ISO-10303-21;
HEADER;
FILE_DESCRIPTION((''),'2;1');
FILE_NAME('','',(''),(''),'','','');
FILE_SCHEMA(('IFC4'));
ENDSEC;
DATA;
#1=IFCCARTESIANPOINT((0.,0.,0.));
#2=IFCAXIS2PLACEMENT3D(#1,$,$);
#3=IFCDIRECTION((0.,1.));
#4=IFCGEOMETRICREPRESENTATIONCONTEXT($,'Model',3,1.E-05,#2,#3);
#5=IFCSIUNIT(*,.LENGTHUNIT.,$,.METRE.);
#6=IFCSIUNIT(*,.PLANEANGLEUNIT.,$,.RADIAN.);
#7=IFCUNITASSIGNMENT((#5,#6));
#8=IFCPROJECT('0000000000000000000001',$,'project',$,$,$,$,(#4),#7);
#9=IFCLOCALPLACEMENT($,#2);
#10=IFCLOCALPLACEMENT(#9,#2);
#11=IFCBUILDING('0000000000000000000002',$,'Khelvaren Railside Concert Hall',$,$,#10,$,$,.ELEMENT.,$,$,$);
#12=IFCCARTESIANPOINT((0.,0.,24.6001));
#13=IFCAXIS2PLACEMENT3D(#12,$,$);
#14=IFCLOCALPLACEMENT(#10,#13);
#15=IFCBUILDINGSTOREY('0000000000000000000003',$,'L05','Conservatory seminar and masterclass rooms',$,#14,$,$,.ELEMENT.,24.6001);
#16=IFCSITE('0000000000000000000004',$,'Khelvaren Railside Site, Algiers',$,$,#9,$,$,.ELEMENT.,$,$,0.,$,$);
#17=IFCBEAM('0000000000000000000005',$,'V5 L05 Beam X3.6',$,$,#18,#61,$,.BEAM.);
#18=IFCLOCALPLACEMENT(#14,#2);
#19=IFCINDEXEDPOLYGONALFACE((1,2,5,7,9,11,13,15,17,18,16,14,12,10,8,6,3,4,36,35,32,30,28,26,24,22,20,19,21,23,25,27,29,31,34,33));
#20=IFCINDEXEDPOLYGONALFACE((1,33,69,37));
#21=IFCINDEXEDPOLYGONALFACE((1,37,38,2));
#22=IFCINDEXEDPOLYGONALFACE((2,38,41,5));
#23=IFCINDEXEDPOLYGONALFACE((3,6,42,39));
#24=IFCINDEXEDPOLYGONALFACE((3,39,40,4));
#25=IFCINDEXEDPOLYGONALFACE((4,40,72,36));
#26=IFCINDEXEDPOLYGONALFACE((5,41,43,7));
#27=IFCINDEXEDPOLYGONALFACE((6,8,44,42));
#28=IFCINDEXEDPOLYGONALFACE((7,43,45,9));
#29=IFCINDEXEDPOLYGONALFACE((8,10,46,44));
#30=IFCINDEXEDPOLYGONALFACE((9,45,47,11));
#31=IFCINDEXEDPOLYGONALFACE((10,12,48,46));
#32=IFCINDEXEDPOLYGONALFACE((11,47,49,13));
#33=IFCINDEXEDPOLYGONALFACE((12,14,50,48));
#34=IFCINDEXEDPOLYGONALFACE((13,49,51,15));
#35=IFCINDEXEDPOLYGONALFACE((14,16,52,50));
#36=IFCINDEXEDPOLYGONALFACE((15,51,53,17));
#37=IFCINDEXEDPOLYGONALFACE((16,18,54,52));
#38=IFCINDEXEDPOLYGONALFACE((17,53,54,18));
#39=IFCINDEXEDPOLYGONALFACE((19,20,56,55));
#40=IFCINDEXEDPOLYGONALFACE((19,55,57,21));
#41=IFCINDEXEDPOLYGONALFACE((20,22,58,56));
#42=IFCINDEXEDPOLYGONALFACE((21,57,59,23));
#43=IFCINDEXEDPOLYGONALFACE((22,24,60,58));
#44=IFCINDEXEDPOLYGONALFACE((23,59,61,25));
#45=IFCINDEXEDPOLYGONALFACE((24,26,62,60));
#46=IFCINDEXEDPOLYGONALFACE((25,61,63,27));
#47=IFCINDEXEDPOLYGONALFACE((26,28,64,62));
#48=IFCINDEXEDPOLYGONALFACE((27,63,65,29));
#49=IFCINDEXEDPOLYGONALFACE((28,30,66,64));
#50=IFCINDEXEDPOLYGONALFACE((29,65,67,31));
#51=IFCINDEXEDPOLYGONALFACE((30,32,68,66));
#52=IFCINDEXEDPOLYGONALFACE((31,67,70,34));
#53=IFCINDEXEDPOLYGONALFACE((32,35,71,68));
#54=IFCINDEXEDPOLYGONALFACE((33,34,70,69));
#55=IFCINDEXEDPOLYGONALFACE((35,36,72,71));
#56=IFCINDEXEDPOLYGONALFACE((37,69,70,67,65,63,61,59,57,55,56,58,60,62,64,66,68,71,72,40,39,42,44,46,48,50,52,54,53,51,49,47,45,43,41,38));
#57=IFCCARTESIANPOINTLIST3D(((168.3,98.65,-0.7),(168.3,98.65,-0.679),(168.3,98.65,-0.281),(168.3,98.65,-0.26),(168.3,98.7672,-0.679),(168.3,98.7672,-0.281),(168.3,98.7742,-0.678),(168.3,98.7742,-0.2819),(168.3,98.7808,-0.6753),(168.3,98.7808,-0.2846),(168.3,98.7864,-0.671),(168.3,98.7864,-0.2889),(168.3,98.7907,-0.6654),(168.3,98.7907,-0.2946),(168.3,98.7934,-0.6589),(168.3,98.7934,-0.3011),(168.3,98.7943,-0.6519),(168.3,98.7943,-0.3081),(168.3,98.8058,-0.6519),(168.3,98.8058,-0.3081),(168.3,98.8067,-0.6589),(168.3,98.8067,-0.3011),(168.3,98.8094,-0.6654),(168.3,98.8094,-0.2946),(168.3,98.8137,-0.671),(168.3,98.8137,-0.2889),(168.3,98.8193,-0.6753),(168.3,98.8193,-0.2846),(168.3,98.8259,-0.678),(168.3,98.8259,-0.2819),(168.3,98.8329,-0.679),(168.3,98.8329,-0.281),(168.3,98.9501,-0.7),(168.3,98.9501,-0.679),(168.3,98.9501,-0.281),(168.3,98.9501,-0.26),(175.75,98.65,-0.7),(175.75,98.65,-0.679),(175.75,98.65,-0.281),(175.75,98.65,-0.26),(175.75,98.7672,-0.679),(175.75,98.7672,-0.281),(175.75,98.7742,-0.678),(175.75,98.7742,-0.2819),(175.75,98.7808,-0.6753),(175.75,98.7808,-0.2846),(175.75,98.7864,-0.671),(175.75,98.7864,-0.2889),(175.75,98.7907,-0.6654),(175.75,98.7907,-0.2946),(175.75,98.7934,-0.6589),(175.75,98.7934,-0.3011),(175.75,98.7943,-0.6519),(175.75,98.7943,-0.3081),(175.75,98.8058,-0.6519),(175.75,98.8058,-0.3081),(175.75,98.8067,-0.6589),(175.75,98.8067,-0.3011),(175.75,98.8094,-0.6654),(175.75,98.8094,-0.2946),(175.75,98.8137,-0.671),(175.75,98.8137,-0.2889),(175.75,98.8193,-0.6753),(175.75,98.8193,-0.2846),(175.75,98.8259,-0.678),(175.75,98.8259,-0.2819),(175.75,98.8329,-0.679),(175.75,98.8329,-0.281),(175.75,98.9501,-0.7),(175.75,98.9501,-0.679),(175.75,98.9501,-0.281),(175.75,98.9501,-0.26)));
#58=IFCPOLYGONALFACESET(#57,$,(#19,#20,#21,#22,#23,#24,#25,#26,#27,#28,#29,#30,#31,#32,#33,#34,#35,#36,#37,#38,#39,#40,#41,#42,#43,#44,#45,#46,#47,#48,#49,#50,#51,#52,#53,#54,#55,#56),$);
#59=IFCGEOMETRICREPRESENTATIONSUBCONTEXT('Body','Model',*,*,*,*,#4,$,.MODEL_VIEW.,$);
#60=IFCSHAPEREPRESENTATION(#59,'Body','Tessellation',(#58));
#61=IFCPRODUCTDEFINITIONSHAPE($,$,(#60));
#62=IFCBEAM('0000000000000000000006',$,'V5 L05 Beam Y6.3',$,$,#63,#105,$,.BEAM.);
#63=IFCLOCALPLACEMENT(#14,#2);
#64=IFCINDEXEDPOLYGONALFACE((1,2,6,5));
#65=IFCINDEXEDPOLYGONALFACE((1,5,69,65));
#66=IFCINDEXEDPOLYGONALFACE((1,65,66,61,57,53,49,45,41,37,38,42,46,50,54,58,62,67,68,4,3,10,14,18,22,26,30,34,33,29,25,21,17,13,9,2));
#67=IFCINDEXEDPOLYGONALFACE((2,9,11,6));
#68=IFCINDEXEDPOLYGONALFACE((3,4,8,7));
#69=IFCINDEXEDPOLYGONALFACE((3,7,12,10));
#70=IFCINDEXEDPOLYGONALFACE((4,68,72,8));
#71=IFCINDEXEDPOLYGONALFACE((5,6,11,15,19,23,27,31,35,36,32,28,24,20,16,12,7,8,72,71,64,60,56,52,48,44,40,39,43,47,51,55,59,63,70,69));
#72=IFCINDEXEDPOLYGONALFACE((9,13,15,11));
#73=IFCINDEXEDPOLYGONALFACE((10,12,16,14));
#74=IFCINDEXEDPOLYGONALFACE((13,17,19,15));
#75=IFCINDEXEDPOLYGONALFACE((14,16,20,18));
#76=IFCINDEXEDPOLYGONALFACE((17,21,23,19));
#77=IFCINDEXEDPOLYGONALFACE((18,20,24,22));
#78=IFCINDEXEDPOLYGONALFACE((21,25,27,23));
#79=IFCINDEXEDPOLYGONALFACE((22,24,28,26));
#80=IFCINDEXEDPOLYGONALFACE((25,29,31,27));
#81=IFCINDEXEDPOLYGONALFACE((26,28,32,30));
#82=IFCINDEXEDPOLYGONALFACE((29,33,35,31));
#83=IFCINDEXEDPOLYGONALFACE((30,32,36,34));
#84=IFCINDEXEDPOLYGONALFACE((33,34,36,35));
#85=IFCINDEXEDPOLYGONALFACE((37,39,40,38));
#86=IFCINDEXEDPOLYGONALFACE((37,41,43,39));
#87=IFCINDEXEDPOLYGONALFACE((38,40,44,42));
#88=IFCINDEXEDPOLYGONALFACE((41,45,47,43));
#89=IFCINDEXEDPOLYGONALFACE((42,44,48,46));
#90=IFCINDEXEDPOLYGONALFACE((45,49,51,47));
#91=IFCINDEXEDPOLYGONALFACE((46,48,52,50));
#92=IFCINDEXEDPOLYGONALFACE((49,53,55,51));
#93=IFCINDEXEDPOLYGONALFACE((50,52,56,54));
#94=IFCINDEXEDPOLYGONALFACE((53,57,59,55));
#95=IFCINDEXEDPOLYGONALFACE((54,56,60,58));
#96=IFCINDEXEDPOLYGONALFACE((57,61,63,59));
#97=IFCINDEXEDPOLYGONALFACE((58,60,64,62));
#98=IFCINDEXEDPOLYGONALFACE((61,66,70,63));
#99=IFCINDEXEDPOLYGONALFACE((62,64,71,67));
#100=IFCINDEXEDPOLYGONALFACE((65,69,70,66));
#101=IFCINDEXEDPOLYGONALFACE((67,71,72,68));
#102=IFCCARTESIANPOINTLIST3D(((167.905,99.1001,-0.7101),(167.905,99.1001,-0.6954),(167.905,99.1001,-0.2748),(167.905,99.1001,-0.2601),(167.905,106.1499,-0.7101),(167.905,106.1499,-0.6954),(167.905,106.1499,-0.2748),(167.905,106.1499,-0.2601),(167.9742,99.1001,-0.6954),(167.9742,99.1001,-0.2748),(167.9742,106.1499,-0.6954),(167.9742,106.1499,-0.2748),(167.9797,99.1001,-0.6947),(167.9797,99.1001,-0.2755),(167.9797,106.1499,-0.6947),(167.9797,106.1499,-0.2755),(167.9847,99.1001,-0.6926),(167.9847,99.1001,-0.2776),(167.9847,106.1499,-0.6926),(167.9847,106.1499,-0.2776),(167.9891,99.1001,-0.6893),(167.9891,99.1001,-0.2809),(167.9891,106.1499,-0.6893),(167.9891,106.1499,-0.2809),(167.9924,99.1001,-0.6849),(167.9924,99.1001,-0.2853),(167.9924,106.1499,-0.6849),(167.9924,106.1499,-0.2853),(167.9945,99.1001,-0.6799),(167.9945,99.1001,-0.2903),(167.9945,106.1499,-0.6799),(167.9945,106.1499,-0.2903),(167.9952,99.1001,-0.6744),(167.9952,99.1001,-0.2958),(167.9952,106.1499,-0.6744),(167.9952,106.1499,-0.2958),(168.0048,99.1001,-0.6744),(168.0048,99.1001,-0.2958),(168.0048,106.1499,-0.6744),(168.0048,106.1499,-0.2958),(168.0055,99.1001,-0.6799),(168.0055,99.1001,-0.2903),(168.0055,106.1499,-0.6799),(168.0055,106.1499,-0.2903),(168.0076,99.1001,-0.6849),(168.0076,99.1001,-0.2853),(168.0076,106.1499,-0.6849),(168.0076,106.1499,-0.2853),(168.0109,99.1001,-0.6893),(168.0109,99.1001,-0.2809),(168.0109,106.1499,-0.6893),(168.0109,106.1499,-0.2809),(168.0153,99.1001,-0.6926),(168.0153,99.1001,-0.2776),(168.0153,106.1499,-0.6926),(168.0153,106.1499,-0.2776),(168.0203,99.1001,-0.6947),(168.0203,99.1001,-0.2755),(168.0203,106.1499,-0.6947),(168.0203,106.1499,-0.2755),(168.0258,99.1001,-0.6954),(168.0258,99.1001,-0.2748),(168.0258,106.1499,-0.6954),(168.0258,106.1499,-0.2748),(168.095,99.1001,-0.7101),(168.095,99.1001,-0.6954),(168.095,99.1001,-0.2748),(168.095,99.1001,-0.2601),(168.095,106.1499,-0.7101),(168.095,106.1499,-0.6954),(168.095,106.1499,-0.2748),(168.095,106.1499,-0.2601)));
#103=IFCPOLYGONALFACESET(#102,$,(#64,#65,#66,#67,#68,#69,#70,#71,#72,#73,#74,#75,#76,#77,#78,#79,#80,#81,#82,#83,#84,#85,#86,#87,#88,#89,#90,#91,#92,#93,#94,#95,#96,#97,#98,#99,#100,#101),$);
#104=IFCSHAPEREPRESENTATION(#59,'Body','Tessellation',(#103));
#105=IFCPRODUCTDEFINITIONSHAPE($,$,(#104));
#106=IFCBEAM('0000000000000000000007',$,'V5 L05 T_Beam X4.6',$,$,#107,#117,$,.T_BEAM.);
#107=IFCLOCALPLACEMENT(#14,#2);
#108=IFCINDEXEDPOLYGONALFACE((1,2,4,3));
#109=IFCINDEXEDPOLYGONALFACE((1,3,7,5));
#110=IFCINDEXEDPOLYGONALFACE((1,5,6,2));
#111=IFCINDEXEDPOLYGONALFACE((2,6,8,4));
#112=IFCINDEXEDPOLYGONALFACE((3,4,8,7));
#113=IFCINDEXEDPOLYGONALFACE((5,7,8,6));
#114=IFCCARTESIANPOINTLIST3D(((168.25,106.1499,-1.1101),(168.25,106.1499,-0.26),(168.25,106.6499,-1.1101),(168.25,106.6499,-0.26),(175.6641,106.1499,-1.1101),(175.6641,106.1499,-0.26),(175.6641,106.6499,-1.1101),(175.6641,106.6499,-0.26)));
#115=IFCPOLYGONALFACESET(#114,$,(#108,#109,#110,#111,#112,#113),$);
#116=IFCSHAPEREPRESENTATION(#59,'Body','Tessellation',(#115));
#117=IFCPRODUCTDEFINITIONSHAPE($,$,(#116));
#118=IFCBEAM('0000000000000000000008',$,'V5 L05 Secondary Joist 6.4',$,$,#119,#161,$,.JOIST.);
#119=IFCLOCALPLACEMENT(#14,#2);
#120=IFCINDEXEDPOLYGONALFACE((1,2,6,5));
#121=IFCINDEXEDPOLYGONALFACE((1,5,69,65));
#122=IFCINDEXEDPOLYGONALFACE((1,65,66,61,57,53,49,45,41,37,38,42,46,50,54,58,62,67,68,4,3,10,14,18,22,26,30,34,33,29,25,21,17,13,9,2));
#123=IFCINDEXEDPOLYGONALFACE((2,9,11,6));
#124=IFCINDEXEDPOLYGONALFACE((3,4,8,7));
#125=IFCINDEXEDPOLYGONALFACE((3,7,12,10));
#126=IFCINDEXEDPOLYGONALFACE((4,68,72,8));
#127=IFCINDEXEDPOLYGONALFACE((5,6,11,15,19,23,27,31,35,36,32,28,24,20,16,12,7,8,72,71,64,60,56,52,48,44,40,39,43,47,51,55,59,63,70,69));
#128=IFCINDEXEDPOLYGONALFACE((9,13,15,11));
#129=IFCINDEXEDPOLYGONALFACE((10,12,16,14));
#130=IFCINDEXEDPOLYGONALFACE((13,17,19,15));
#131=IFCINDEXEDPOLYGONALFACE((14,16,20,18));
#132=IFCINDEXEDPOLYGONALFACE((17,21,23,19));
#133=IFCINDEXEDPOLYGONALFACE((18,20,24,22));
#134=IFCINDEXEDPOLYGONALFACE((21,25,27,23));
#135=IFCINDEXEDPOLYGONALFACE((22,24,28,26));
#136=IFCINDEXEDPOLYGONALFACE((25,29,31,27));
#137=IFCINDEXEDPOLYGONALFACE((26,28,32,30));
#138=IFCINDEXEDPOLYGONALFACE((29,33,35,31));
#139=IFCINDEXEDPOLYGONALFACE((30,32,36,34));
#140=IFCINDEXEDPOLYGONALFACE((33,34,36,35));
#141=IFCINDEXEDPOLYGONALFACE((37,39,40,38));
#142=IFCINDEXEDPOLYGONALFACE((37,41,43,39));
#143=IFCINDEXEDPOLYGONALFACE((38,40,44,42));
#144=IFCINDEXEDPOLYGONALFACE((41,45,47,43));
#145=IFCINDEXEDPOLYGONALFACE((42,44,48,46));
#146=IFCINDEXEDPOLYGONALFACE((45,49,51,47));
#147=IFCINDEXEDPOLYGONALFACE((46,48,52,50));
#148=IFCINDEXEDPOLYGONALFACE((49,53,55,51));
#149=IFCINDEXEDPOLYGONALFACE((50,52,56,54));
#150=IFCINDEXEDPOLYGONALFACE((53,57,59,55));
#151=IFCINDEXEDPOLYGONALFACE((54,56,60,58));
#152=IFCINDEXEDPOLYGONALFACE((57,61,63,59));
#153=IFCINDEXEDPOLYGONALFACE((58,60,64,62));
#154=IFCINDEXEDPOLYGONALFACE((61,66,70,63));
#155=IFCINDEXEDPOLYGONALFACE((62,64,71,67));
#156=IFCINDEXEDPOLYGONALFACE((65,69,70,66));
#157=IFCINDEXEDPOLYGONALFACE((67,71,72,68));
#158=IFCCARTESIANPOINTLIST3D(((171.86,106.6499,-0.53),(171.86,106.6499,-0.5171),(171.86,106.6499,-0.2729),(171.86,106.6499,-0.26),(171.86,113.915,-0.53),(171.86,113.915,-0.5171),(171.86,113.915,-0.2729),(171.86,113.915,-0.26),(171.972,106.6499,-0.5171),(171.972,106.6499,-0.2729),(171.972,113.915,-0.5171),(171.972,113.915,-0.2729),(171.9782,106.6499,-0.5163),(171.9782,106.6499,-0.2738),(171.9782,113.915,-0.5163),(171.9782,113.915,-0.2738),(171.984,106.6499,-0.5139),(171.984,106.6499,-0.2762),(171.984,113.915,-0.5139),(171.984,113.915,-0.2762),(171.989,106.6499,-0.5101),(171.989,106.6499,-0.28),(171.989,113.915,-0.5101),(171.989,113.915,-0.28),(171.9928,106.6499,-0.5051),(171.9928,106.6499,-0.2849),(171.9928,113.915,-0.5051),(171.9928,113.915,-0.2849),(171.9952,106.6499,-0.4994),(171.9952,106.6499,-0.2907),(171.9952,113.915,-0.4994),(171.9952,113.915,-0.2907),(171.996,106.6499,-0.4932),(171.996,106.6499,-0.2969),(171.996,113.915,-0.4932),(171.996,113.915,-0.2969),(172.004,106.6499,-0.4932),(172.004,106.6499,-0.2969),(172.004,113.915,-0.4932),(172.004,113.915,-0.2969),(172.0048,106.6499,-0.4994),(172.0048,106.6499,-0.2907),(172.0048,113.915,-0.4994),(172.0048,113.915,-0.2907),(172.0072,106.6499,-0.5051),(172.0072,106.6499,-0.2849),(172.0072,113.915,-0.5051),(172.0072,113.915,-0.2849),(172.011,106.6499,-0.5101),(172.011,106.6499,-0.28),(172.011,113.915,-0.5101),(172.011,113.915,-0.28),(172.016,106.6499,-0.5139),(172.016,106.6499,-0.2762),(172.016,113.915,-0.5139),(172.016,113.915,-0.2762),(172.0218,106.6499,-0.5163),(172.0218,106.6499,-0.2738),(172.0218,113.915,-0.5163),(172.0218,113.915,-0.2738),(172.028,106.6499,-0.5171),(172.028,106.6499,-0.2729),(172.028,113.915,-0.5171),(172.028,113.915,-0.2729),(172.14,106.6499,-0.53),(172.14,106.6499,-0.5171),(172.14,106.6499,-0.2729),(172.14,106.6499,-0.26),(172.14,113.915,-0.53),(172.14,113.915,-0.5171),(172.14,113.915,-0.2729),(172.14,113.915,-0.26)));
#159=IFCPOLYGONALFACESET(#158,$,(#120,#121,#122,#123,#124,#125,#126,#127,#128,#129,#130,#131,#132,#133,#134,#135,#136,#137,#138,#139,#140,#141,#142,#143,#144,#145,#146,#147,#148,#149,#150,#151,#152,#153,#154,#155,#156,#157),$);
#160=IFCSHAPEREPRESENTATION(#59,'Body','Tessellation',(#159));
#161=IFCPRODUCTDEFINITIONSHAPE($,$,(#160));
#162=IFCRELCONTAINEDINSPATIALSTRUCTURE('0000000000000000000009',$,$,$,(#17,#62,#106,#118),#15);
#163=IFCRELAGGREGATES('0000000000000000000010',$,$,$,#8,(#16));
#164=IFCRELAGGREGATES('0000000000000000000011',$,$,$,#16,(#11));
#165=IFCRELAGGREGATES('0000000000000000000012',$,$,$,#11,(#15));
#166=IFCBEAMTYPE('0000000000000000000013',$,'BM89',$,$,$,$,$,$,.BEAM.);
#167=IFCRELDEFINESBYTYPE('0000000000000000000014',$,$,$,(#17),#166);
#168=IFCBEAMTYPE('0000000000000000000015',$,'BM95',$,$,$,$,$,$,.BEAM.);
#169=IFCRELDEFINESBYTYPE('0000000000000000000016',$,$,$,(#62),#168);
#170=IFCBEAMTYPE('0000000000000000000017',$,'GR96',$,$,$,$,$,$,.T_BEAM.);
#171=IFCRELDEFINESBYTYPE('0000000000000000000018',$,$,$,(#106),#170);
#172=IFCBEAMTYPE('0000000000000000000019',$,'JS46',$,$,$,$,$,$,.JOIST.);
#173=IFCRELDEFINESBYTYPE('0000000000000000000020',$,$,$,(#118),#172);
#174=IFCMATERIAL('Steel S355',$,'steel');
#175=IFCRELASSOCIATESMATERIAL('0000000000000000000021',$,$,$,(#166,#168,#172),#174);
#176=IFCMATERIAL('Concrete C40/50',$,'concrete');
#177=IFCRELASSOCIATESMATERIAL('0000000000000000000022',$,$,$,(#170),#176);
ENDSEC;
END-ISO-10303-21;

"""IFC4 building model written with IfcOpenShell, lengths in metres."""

from ifc_helpers import new_model, si_unit, direction, frame, origin, origin_2d, place, context, subcontext, project, spatial, rectangle, i_section, extrude, material, material_profile, profile_set, type_object, element, save


model = new_model("IFC4")

# Units and contexts
model_context = context("Model", 3, precision=1e-05, world=origin(), true_north=direction((0.0, 1.0)))
body_context = subcontext(model_context, "Body", "Model", "MODEL_VIEW")
ifc_project = project(units=[si_unit("LENGTHUNIT", "METRE"), si_unit("PLANEANGLEUNIT", "RADIAN")], contexts=[model_context])

# Site, building, storey
site_placement = place(None, origin())
site = spatial("IfcSite", under=ifc_project, at=site_placement, Name="Khelvaren Railside Site, Algiers", CompositionType="ELEMENT", RefElevation=0.0)
building_placement = place(site_placement, origin())
building = spatial("IfcBuilding", under=site, at=building_placement, Name="Khelvaren Railside Concert Hall", CompositionType="ELEMENT")
storey_placement = place(building_placement, frame((0.0, 0.0, 24.6001)))
storey = spatial("IfcBuildingStorey", under=building, at=storey_placement, Name="L05", Description="Conservatory seminar and masterclass rooms", CompositionType="ELEMENT", Elevation=24.6001)

# Beams
ifc_material_1 = material(Name="Steel S355", Category="steel")
ifc_material_profile_1 = material_profile(ifc_material_1, i_section(OverallWidth=0.3, OverallDepth=0.4399, WebThickness=0.0115, FlangeThickness=0.021, FilletRadius=0.0271, at=origin_2d()), Name="HEA 450")
ifc_profile_set_1 = profile_set([ifc_material_profile_1], Name="Steel S355")
beam_type_1 = type_object("IfcBeamType", Name="BM89", PredefinedType="BEAM", material=ifc_profile_set_1)
beam_1_placement = place(storey_placement, frame((168.3, 98.8, -0.48), z_axis=(1.0, 0.0, 0.0), x_axis=(0.0, 1.0, 0.0)))
element("IfcBeam", 1, at=beam_1_placement, inside=storey, type_object=beam_type_1, Name="V5 L05 Beam X3.6", PredefinedType="BEAM", context=body_context, shape_type="SweptSolid", body=[
    extrude(i_section(OverallWidth=0.3, OverallDepth=0.4399, WebThickness=0.0115, FlangeThickness=0.021, FilletRadius=0.0271, at=origin_2d()), origin(), (0.0, 0.0, 1.0), 7.45),
])
ifc_material_profile_2 = material_profile(ifc_material_1, i_section(OverallWidth=0.1899, OverallDepth=0.45, WebThickness=0.0095, FlangeThickness=0.0146, FilletRadius=0.021, at=origin_2d()), Name="IPE 450")
ifc_profile_set_2 = profile_set([ifc_material_profile_2], Name="Steel S355")
beam_type_2 = type_object("IfcBeamType", Name="BM95", PredefinedType="BEAM", material=ifc_profile_set_2)
beam_2_placement = place(storey_placement, frame((168.0, 99.1001, -0.4851), z_axis=(0.0, 1.0, 0.0), x_axis=(-1.0, 0.0, 0.0)))
element("IfcBeam", 2, at=beam_2_placement, inside=storey, type_object=beam_type_2, Name="V5 L05 Beam Y6.3", PredefinedType="BEAM", context=body_context, shape_type="SweptSolid", body=[
    extrude(i_section(OverallWidth=0.1899, OverallDepth=0.45, WebThickness=0.0095, FlangeThickness=0.0146, FilletRadius=0.021, at=origin_2d()), origin(), (0.0, 0.0, 1.0), 7.0498),
])
ifc_material_2 = material(Name="Concrete C40/50", Category="concrete")
ifc_material_profile_3 = material_profile(ifc_material_2, rectangle(XDim=0.5, YDim=0.8501, at=origin_2d()), Name="RCB 500x850")
ifc_profile_set_3 = profile_set([ifc_material_profile_3], Name="Concrete C40/50")
beam_type_3 = type_object("IfcBeamType", Name="GR96", PredefinedType="T_BEAM", material=ifc_profile_set_3)
beam_3_placement = place(storey_placement, frame((168.25, 106.3999, -0.6851), z_axis=(1.0, 0.0, 0.0), x_axis=(0.0, 1.0, 0.0)))
element("IfcBeam", 3, at=beam_3_placement, inside=storey, type_object=beam_type_3, Name="V5 L05 T_Beam X4.6", PredefinedType="T_BEAM", context=body_context, shape_type="SweptSolid", body=[
    extrude(rectangle(XDim=0.5, YDim=0.8501, at=origin_2d()), origin(), (0.0, 0.0, 1.0), 7.4141),
])
ifc_material_profile_4 = material_profile(ifc_material_1, i_section(OverallWidth=0.28, OverallDepth=0.27, WebThickness=0.0081, FlangeThickness=0.0129, FilletRadius=0.0239, at=origin_2d()), Name="HEA 280")
ifc_profile_set_4 = profile_set([ifc_material_profile_4], Name="Steel S355")
beam_type_4 = type_object("IfcBeamType", Name="JS46", PredefinedType="JOIST", material=ifc_profile_set_4)
beam_4_placement = place(storey_placement, frame((172.0, 106.6499, -0.395), z_axis=(0.0, 1.0, 0.0), x_axis=(-1.0, 0.0, 0.0)))
element("IfcBeam", 4, at=beam_4_placement, inside=storey, type_object=beam_type_4, Name="V5 L05 Secondary Joist 6.4", PredefinedType="JOIST", context=body_context, shape_type="SweptSolid", body=[
    extrude(i_section(OverallWidth=0.28, OverallDepth=0.27, WebThickness=0.0081, FlangeThickness=0.0129, FilletRadius=0.0239, at=origin_2d()), origin(), (0.0, 0.0, 1.0), 7.2651),
])

save(model, "model.ifc")
